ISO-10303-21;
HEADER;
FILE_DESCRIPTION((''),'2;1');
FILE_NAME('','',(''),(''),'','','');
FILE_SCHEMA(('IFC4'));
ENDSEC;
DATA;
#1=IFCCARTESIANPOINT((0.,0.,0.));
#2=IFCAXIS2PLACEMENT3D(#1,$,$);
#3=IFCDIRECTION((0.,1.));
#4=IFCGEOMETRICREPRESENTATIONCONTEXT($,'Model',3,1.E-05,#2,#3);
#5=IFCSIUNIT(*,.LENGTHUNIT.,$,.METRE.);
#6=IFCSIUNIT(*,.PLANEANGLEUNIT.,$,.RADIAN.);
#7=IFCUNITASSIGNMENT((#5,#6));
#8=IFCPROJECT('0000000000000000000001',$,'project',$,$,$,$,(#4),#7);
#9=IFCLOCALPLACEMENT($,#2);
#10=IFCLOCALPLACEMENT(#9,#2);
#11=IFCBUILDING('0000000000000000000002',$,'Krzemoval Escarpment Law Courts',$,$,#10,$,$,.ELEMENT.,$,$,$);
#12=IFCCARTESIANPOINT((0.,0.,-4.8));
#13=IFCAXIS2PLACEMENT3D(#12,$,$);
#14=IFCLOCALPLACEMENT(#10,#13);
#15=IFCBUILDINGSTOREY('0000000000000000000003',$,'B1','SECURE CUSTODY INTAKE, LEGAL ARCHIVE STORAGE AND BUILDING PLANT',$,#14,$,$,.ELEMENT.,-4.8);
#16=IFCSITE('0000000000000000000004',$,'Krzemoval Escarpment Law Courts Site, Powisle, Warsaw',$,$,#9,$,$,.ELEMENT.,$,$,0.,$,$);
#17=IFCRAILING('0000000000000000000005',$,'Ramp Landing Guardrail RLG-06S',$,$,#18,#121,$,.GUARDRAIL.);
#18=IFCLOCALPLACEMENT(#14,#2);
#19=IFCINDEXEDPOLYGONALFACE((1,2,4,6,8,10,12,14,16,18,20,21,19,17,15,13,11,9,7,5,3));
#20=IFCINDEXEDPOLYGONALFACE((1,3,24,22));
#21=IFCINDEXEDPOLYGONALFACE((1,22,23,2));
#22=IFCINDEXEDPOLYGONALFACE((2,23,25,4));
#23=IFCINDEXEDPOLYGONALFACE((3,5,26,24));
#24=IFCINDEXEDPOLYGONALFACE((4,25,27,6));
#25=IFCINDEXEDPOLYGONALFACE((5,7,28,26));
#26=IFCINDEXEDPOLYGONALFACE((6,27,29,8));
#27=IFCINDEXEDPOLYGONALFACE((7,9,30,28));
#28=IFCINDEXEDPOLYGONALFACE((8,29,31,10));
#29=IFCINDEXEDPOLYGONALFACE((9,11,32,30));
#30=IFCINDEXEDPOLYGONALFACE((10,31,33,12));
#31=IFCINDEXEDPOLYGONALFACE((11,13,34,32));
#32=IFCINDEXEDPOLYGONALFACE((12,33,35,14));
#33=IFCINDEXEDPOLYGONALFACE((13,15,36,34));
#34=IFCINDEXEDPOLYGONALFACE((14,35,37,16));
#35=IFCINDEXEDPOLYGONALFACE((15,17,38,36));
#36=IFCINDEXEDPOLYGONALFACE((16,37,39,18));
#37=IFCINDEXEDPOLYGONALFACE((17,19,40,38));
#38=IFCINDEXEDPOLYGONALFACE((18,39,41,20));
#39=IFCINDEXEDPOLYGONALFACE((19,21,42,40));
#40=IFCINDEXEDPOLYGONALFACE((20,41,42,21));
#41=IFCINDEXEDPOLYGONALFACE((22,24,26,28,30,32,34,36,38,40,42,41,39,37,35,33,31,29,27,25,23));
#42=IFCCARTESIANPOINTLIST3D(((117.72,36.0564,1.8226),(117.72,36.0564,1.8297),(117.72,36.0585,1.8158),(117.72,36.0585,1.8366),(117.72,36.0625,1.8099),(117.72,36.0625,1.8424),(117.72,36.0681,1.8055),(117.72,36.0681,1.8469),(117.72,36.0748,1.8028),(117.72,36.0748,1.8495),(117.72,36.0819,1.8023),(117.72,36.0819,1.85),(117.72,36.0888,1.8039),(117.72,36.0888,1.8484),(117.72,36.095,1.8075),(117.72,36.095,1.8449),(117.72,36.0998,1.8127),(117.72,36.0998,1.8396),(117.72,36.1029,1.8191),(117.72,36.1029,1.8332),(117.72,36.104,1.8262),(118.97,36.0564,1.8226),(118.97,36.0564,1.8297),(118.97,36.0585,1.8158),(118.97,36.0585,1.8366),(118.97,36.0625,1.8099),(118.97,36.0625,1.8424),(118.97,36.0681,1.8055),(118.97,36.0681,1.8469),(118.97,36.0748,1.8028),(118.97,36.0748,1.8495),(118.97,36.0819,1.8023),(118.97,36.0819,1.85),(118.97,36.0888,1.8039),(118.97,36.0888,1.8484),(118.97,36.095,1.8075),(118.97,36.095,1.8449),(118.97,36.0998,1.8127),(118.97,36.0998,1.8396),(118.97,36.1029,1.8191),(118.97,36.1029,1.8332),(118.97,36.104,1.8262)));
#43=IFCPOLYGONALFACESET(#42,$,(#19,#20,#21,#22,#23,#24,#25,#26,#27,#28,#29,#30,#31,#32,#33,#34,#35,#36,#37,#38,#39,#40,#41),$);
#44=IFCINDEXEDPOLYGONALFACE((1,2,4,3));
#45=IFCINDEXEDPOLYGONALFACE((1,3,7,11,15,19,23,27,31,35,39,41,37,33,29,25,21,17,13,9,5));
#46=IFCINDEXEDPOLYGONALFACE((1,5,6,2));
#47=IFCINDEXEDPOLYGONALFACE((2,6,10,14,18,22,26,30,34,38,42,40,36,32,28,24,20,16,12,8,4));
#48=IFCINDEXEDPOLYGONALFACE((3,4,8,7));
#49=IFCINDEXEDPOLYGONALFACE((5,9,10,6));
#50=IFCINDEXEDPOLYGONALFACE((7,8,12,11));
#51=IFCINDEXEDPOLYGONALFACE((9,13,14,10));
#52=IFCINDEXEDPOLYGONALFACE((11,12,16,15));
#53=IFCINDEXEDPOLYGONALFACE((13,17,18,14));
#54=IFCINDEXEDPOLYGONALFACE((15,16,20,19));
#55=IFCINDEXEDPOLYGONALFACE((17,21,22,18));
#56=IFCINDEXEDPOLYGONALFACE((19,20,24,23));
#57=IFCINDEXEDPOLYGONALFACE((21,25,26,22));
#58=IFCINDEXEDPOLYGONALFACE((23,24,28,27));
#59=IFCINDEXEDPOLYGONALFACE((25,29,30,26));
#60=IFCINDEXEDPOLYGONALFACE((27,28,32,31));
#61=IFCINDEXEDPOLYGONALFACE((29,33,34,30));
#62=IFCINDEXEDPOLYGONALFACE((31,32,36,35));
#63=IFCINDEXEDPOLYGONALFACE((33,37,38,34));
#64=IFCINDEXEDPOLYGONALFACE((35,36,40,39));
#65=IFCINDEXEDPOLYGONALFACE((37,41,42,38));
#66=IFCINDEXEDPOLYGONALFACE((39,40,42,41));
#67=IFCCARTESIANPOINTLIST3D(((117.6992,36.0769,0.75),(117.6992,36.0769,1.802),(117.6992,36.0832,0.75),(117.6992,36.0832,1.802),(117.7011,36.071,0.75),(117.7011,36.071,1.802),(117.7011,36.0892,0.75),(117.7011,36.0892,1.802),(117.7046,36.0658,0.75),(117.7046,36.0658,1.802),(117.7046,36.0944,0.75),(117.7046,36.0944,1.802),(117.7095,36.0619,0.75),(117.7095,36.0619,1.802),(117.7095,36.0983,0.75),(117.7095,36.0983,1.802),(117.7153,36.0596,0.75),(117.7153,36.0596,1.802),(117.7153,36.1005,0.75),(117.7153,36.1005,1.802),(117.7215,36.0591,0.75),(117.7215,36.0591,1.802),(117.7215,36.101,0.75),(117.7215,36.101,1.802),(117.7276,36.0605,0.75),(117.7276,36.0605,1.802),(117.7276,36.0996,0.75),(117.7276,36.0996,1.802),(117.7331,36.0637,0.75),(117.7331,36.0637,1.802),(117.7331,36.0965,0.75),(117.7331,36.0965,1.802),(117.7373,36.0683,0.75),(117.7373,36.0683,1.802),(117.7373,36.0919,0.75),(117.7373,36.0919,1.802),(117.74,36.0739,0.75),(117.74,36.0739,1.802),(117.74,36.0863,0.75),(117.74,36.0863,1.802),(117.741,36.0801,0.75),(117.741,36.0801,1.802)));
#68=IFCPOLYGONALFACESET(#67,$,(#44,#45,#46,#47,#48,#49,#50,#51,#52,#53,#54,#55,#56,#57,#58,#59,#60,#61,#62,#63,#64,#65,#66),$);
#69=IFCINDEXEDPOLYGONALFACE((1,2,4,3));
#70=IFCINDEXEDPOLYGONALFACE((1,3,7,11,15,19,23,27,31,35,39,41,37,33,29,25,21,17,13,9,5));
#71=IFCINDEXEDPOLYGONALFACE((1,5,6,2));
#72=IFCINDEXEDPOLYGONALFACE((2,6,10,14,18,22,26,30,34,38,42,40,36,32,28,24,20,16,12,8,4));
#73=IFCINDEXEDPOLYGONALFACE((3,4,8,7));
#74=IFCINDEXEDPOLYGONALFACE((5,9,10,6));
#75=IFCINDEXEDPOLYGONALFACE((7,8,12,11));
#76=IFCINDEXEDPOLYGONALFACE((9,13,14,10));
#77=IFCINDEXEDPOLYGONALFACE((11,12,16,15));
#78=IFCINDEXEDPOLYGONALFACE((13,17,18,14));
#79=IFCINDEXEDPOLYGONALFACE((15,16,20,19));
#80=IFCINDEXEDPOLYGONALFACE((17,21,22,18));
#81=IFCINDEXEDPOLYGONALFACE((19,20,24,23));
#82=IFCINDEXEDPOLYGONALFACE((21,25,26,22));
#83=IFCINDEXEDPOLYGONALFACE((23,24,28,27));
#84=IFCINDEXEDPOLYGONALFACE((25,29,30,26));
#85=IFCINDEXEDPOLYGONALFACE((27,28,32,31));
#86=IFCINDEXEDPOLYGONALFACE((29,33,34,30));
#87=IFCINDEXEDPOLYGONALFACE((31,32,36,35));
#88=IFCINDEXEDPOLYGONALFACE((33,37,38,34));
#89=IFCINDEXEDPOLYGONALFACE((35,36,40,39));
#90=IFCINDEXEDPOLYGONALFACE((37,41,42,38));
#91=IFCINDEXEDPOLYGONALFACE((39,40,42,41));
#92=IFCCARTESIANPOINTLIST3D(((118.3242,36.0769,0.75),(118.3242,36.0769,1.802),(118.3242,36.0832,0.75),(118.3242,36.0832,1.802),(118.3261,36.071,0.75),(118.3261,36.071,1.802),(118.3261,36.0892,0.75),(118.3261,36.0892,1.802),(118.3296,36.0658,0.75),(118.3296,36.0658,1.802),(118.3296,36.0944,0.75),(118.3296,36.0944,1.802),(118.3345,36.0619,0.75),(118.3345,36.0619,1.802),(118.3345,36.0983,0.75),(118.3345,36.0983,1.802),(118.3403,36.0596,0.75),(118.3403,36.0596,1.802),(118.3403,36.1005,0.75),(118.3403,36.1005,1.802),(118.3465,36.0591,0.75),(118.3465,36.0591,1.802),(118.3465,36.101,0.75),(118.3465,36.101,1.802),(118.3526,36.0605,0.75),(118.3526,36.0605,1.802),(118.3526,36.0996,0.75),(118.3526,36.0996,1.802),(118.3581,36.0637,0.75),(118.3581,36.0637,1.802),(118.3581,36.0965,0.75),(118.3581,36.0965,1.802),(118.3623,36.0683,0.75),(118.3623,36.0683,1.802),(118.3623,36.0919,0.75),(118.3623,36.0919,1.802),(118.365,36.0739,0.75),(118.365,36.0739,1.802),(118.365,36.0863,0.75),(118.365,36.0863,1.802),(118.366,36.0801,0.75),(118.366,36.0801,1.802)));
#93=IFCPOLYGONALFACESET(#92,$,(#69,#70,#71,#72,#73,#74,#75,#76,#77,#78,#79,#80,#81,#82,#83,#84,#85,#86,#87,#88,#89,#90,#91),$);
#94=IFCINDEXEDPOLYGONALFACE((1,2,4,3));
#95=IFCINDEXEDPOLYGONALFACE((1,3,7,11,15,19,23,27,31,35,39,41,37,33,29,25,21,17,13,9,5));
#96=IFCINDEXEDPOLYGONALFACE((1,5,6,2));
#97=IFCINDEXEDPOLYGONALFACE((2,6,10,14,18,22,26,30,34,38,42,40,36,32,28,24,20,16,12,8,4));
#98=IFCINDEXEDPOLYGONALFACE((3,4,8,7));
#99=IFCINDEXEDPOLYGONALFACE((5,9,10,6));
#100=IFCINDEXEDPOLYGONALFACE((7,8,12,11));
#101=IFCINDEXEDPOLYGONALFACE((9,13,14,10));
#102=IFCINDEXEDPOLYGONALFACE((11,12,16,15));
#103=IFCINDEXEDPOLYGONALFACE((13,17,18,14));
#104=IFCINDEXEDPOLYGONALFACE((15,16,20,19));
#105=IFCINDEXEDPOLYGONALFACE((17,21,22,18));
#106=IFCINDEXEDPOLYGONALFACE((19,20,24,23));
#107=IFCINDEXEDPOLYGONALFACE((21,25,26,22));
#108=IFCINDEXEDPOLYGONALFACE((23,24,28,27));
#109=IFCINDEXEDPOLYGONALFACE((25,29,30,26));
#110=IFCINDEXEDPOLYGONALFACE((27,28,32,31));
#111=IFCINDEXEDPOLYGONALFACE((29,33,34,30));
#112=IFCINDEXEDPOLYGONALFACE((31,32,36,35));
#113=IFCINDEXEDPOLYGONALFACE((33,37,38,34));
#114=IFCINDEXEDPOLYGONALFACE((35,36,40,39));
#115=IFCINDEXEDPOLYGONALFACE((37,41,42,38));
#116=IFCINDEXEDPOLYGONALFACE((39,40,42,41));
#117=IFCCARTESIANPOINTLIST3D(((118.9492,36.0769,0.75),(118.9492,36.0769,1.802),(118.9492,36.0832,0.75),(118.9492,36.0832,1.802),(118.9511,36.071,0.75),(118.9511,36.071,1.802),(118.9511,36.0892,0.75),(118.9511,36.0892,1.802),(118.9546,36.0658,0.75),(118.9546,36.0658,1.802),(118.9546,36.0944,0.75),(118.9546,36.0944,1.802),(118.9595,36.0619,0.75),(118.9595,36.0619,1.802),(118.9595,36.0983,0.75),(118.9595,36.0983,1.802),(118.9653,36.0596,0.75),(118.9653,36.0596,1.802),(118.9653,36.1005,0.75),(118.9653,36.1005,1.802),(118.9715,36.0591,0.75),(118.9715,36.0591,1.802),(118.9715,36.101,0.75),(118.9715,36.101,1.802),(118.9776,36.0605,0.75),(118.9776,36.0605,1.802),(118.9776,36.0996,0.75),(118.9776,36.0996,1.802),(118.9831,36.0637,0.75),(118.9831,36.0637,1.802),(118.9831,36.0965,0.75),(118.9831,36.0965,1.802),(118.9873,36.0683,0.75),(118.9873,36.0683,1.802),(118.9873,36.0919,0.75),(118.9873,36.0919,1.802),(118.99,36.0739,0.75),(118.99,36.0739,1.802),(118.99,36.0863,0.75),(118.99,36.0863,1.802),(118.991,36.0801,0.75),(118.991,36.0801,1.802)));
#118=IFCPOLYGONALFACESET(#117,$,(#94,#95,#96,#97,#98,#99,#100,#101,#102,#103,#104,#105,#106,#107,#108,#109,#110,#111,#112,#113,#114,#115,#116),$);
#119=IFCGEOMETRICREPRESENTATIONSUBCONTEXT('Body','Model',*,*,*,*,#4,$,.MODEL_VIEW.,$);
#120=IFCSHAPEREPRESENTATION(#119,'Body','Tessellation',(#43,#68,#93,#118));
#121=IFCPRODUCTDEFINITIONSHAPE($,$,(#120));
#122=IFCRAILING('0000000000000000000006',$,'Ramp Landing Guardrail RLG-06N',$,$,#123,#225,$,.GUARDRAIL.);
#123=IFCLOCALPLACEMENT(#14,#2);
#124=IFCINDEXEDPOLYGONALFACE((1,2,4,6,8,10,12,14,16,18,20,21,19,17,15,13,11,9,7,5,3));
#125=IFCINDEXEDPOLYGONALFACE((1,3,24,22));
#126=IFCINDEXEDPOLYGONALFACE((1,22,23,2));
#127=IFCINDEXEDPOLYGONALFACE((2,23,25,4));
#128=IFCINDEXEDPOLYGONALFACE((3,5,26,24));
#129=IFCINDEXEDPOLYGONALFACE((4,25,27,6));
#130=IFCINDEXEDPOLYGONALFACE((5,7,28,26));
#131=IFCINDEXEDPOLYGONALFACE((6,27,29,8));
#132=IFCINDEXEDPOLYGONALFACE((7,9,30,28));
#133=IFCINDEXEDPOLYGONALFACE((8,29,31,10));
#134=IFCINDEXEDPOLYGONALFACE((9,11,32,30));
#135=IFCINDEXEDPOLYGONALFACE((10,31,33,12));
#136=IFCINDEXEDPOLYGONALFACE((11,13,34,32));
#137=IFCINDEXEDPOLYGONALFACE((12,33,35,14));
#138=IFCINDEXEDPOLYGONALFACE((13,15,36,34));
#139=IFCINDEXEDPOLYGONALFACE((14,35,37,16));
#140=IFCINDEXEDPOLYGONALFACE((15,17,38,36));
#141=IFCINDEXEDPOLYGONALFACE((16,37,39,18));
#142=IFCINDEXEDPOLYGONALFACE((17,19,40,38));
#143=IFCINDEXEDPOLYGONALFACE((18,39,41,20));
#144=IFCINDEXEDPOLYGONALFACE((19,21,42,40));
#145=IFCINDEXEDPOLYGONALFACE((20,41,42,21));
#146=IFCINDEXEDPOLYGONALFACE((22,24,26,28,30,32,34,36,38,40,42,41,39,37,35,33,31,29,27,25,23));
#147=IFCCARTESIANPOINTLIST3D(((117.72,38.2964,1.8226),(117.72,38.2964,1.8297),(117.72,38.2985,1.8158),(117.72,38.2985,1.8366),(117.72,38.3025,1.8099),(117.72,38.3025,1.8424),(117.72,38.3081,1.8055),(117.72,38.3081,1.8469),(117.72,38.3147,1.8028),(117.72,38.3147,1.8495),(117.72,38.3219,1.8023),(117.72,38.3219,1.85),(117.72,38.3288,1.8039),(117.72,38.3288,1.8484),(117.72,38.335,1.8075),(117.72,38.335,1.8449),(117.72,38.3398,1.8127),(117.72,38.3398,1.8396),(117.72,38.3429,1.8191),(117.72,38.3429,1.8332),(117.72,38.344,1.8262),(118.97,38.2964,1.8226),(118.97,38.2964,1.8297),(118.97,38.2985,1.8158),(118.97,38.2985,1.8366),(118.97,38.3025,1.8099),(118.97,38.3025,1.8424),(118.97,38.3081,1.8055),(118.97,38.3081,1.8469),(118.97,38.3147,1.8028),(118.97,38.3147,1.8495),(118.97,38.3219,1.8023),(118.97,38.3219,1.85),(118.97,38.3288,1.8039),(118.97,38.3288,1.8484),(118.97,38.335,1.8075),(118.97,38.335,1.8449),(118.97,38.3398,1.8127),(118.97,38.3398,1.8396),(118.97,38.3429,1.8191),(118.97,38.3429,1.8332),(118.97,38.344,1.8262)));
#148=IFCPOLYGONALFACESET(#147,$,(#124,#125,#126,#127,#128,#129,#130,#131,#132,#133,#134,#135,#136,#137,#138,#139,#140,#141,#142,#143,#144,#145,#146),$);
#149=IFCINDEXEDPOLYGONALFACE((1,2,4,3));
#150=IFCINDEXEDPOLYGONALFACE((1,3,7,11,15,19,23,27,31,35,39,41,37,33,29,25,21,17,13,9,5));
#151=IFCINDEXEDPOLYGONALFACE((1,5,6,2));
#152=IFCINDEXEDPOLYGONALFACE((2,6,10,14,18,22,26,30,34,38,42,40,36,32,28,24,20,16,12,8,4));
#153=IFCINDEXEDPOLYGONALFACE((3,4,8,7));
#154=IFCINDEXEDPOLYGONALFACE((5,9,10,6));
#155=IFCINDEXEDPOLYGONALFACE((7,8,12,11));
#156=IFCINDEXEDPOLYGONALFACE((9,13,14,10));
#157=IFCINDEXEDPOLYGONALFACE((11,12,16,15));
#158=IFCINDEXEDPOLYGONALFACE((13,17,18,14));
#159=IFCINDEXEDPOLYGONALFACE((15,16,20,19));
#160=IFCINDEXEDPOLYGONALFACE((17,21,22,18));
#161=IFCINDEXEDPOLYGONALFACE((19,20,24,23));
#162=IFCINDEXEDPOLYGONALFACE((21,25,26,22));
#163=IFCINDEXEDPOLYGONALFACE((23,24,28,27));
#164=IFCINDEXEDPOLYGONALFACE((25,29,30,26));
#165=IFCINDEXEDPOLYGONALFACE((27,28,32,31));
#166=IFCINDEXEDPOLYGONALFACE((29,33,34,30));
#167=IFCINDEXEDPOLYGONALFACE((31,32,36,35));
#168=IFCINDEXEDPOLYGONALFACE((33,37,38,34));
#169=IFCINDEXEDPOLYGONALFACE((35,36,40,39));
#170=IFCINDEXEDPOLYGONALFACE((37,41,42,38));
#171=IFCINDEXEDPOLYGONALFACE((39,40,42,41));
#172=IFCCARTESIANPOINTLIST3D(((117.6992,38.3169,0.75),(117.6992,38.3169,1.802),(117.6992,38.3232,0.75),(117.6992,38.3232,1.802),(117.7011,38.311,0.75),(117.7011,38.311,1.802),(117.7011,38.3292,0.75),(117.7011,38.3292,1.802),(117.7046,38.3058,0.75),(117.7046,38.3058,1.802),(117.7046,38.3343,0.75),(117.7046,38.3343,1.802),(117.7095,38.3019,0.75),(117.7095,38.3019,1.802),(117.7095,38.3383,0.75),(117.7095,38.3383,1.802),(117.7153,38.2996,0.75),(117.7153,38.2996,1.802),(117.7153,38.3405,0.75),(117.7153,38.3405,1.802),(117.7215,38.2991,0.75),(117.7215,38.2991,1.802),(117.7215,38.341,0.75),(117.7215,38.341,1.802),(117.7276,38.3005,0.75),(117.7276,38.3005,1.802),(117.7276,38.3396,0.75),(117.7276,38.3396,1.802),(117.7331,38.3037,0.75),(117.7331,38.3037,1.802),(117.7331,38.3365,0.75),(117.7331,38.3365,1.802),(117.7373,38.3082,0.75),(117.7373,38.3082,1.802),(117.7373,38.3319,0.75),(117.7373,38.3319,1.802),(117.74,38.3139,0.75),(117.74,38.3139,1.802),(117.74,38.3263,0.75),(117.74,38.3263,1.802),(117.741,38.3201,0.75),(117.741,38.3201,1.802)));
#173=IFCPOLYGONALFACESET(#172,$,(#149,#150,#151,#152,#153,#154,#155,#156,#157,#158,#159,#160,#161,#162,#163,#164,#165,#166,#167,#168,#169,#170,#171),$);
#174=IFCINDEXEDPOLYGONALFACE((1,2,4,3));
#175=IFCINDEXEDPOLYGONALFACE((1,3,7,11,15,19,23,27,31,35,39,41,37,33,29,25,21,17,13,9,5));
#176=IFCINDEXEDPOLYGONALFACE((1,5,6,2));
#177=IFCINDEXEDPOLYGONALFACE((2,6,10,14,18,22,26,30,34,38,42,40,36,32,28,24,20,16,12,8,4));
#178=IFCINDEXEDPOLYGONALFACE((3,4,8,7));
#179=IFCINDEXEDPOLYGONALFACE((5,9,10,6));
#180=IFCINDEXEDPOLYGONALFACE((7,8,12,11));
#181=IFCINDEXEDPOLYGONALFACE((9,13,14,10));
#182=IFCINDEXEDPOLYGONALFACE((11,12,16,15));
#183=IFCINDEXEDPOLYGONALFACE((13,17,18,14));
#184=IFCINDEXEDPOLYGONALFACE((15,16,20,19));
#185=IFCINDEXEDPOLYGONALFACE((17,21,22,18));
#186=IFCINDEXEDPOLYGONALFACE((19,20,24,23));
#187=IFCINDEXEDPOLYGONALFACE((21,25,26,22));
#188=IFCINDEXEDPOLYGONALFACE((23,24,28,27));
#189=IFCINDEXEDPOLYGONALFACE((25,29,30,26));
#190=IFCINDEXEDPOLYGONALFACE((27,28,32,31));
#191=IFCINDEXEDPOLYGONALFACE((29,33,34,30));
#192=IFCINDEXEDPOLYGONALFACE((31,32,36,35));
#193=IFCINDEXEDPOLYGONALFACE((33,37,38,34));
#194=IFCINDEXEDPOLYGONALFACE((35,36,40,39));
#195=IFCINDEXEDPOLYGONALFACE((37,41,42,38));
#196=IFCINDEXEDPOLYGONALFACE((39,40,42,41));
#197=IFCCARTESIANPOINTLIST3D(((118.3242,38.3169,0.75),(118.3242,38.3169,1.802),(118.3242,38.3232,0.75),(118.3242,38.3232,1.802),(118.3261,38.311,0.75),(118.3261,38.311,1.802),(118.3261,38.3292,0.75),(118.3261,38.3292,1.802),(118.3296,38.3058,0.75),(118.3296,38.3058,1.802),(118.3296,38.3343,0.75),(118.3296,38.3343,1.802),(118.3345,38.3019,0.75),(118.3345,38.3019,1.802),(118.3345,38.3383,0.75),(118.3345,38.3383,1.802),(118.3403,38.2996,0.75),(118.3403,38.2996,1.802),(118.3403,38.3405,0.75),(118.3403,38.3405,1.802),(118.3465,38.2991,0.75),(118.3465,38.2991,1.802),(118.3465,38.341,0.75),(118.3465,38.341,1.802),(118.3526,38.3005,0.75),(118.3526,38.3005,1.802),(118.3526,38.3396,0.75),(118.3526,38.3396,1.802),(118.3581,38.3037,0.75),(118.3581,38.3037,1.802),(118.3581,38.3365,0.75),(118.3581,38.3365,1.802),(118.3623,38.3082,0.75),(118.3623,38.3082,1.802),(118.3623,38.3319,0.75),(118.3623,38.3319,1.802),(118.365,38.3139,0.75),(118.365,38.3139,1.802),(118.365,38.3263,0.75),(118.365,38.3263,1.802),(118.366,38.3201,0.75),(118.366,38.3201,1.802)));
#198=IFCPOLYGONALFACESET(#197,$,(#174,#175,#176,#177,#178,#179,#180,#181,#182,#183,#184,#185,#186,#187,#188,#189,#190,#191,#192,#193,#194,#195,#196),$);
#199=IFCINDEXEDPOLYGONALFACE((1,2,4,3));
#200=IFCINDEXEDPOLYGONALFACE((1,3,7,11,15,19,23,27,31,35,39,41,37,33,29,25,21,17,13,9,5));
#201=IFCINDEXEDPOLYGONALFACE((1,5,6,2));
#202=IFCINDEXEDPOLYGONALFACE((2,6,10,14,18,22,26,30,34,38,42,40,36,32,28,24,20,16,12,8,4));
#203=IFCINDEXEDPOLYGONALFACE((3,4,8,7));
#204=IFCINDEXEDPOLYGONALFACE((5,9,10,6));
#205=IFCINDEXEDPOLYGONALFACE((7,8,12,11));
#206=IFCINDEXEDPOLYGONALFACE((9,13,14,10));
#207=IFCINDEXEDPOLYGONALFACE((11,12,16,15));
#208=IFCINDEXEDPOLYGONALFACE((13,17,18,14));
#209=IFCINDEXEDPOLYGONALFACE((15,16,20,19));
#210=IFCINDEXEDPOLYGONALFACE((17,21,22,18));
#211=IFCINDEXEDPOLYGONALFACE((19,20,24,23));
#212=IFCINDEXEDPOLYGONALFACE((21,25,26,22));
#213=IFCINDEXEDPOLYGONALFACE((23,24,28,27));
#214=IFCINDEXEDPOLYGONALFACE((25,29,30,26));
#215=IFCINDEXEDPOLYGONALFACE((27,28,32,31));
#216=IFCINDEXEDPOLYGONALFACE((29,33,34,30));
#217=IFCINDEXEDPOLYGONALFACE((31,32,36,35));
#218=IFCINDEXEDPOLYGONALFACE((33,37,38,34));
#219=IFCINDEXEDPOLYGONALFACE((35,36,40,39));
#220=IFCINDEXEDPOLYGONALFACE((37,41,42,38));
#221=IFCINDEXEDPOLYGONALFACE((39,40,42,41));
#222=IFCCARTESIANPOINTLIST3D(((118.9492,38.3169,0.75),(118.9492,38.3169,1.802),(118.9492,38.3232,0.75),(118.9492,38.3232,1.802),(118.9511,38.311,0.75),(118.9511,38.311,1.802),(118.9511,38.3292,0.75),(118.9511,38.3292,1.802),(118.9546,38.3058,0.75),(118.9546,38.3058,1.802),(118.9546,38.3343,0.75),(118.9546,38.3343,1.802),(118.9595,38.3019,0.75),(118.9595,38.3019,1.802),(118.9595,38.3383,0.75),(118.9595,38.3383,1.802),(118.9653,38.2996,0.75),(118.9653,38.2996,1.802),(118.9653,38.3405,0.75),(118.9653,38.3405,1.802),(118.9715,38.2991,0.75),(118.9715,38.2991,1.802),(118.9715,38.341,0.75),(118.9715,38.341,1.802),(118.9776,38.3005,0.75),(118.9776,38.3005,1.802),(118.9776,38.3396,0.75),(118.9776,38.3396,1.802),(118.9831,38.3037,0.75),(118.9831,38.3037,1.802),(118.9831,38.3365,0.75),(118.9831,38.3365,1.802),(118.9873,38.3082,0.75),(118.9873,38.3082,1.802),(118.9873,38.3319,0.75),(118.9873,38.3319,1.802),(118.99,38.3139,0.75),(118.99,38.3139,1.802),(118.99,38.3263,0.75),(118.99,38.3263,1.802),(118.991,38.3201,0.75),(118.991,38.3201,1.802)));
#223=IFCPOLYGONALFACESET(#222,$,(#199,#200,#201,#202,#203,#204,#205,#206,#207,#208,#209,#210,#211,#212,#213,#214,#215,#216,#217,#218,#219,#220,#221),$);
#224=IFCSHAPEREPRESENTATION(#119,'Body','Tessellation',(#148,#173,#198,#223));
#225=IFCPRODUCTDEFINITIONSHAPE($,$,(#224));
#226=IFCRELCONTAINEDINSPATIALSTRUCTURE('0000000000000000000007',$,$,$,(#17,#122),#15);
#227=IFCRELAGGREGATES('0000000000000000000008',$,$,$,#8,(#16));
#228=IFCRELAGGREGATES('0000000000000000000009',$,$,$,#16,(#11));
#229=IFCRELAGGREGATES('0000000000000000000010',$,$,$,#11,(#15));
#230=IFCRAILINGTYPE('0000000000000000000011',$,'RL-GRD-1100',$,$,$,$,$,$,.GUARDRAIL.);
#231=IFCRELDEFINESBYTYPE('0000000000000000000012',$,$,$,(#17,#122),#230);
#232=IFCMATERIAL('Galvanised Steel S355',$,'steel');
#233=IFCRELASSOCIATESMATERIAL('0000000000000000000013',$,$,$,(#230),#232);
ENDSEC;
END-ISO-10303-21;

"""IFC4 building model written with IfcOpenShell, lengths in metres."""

from ifc_helpers import new_model, si_unit, direction, frame, origin, origin_2d, place, context, subcontext, project, spatial, circle, extrude, material, type_object, element, save


model = new_model("IFC4")

# Units and contexts
model_context = context("Model", 3, precision=1e-05, world=origin(), true_north=direction((0.0, 1.0)))
body_context = subcontext(model_context, "Body", "Model", "MODEL_VIEW")
ifc_project = project(units=[si_unit("LENGTHUNIT", "METRE"), si_unit("PLANEANGLEUNIT", "RADIAN")], contexts=[model_context])

# Site, building, storey
site_placement = place(None, origin())
site = spatial("IfcSite", under=ifc_project, at=site_placement, Name="Krzemoval Escarpment Law Courts Site, Powisle, Warsaw", CompositionType="ELEMENT", RefElevation=0.0)
building_placement = place(site_placement, origin())
building = spatial("IfcBuilding", under=site, at=building_placement, Name="Krzemoval Escarpment Law Courts", CompositionType="ELEMENT")
storey_placement = place(building_placement, frame((0.0, 0.0, -4.8)))
storey = spatial("IfcBuildingStorey", under=building, at=storey_placement, Name="B1", Description="SECURE CUSTODY INTAKE, LEGAL ARCHIVE STORAGE AND BUILDING PLANT", CompositionType="ELEMENT", Elevation=-4.8)

# Railings
ifc_material_1 = material(Name="Galvanised Steel S355", Category="steel")
railing_type_1 = type_object("IfcRailingType", Name="RL-GRD-1100", PredefinedType="GUARDRAIL", material=ifc_material_1)
for number, where, name in (
    (1, (117.72, 36.0801, 0.75), "Ramp Landing Guardrail RLG-06S"),
    (2, (117.72, 38.3201, 0.75), "Ramp Landing Guardrail RLG-06N"),
):
    element("IfcRailing", number, at=place(storey_placement, frame(where)), inside=storey, type_object=railing_type_1, Name=name, PredefinedType="GUARDRAIL", context=body_context, shape_type="SweptSolid", body=[
        extrude(circle(Radius=0.0239, at=origin_2d()), frame((0.0, 0.0, 1.0762), z_axis=(1.0, 0.0, 0.0), x_axis=(0.0, 1.0, 0.0)), (0.0, 0.0, 1.0), 1.25),
        extrude(circle(Radius=0.021, at=origin_2d()), origin(), (0.0, 0.0, 1.0), 1.052),
        extrude(circle(Radius=0.021, at=origin_2d()), frame((0.625, 0.0, 0.0)), (0.0, 0.0, 1.0), 1.052),
        extrude(circle(Radius=0.021, at=origin_2d()), frame((1.25, 0.0, 0.0)), (0.0, 0.0, 1.0), 1.052),
    ])

save(model, "model.ifc")
